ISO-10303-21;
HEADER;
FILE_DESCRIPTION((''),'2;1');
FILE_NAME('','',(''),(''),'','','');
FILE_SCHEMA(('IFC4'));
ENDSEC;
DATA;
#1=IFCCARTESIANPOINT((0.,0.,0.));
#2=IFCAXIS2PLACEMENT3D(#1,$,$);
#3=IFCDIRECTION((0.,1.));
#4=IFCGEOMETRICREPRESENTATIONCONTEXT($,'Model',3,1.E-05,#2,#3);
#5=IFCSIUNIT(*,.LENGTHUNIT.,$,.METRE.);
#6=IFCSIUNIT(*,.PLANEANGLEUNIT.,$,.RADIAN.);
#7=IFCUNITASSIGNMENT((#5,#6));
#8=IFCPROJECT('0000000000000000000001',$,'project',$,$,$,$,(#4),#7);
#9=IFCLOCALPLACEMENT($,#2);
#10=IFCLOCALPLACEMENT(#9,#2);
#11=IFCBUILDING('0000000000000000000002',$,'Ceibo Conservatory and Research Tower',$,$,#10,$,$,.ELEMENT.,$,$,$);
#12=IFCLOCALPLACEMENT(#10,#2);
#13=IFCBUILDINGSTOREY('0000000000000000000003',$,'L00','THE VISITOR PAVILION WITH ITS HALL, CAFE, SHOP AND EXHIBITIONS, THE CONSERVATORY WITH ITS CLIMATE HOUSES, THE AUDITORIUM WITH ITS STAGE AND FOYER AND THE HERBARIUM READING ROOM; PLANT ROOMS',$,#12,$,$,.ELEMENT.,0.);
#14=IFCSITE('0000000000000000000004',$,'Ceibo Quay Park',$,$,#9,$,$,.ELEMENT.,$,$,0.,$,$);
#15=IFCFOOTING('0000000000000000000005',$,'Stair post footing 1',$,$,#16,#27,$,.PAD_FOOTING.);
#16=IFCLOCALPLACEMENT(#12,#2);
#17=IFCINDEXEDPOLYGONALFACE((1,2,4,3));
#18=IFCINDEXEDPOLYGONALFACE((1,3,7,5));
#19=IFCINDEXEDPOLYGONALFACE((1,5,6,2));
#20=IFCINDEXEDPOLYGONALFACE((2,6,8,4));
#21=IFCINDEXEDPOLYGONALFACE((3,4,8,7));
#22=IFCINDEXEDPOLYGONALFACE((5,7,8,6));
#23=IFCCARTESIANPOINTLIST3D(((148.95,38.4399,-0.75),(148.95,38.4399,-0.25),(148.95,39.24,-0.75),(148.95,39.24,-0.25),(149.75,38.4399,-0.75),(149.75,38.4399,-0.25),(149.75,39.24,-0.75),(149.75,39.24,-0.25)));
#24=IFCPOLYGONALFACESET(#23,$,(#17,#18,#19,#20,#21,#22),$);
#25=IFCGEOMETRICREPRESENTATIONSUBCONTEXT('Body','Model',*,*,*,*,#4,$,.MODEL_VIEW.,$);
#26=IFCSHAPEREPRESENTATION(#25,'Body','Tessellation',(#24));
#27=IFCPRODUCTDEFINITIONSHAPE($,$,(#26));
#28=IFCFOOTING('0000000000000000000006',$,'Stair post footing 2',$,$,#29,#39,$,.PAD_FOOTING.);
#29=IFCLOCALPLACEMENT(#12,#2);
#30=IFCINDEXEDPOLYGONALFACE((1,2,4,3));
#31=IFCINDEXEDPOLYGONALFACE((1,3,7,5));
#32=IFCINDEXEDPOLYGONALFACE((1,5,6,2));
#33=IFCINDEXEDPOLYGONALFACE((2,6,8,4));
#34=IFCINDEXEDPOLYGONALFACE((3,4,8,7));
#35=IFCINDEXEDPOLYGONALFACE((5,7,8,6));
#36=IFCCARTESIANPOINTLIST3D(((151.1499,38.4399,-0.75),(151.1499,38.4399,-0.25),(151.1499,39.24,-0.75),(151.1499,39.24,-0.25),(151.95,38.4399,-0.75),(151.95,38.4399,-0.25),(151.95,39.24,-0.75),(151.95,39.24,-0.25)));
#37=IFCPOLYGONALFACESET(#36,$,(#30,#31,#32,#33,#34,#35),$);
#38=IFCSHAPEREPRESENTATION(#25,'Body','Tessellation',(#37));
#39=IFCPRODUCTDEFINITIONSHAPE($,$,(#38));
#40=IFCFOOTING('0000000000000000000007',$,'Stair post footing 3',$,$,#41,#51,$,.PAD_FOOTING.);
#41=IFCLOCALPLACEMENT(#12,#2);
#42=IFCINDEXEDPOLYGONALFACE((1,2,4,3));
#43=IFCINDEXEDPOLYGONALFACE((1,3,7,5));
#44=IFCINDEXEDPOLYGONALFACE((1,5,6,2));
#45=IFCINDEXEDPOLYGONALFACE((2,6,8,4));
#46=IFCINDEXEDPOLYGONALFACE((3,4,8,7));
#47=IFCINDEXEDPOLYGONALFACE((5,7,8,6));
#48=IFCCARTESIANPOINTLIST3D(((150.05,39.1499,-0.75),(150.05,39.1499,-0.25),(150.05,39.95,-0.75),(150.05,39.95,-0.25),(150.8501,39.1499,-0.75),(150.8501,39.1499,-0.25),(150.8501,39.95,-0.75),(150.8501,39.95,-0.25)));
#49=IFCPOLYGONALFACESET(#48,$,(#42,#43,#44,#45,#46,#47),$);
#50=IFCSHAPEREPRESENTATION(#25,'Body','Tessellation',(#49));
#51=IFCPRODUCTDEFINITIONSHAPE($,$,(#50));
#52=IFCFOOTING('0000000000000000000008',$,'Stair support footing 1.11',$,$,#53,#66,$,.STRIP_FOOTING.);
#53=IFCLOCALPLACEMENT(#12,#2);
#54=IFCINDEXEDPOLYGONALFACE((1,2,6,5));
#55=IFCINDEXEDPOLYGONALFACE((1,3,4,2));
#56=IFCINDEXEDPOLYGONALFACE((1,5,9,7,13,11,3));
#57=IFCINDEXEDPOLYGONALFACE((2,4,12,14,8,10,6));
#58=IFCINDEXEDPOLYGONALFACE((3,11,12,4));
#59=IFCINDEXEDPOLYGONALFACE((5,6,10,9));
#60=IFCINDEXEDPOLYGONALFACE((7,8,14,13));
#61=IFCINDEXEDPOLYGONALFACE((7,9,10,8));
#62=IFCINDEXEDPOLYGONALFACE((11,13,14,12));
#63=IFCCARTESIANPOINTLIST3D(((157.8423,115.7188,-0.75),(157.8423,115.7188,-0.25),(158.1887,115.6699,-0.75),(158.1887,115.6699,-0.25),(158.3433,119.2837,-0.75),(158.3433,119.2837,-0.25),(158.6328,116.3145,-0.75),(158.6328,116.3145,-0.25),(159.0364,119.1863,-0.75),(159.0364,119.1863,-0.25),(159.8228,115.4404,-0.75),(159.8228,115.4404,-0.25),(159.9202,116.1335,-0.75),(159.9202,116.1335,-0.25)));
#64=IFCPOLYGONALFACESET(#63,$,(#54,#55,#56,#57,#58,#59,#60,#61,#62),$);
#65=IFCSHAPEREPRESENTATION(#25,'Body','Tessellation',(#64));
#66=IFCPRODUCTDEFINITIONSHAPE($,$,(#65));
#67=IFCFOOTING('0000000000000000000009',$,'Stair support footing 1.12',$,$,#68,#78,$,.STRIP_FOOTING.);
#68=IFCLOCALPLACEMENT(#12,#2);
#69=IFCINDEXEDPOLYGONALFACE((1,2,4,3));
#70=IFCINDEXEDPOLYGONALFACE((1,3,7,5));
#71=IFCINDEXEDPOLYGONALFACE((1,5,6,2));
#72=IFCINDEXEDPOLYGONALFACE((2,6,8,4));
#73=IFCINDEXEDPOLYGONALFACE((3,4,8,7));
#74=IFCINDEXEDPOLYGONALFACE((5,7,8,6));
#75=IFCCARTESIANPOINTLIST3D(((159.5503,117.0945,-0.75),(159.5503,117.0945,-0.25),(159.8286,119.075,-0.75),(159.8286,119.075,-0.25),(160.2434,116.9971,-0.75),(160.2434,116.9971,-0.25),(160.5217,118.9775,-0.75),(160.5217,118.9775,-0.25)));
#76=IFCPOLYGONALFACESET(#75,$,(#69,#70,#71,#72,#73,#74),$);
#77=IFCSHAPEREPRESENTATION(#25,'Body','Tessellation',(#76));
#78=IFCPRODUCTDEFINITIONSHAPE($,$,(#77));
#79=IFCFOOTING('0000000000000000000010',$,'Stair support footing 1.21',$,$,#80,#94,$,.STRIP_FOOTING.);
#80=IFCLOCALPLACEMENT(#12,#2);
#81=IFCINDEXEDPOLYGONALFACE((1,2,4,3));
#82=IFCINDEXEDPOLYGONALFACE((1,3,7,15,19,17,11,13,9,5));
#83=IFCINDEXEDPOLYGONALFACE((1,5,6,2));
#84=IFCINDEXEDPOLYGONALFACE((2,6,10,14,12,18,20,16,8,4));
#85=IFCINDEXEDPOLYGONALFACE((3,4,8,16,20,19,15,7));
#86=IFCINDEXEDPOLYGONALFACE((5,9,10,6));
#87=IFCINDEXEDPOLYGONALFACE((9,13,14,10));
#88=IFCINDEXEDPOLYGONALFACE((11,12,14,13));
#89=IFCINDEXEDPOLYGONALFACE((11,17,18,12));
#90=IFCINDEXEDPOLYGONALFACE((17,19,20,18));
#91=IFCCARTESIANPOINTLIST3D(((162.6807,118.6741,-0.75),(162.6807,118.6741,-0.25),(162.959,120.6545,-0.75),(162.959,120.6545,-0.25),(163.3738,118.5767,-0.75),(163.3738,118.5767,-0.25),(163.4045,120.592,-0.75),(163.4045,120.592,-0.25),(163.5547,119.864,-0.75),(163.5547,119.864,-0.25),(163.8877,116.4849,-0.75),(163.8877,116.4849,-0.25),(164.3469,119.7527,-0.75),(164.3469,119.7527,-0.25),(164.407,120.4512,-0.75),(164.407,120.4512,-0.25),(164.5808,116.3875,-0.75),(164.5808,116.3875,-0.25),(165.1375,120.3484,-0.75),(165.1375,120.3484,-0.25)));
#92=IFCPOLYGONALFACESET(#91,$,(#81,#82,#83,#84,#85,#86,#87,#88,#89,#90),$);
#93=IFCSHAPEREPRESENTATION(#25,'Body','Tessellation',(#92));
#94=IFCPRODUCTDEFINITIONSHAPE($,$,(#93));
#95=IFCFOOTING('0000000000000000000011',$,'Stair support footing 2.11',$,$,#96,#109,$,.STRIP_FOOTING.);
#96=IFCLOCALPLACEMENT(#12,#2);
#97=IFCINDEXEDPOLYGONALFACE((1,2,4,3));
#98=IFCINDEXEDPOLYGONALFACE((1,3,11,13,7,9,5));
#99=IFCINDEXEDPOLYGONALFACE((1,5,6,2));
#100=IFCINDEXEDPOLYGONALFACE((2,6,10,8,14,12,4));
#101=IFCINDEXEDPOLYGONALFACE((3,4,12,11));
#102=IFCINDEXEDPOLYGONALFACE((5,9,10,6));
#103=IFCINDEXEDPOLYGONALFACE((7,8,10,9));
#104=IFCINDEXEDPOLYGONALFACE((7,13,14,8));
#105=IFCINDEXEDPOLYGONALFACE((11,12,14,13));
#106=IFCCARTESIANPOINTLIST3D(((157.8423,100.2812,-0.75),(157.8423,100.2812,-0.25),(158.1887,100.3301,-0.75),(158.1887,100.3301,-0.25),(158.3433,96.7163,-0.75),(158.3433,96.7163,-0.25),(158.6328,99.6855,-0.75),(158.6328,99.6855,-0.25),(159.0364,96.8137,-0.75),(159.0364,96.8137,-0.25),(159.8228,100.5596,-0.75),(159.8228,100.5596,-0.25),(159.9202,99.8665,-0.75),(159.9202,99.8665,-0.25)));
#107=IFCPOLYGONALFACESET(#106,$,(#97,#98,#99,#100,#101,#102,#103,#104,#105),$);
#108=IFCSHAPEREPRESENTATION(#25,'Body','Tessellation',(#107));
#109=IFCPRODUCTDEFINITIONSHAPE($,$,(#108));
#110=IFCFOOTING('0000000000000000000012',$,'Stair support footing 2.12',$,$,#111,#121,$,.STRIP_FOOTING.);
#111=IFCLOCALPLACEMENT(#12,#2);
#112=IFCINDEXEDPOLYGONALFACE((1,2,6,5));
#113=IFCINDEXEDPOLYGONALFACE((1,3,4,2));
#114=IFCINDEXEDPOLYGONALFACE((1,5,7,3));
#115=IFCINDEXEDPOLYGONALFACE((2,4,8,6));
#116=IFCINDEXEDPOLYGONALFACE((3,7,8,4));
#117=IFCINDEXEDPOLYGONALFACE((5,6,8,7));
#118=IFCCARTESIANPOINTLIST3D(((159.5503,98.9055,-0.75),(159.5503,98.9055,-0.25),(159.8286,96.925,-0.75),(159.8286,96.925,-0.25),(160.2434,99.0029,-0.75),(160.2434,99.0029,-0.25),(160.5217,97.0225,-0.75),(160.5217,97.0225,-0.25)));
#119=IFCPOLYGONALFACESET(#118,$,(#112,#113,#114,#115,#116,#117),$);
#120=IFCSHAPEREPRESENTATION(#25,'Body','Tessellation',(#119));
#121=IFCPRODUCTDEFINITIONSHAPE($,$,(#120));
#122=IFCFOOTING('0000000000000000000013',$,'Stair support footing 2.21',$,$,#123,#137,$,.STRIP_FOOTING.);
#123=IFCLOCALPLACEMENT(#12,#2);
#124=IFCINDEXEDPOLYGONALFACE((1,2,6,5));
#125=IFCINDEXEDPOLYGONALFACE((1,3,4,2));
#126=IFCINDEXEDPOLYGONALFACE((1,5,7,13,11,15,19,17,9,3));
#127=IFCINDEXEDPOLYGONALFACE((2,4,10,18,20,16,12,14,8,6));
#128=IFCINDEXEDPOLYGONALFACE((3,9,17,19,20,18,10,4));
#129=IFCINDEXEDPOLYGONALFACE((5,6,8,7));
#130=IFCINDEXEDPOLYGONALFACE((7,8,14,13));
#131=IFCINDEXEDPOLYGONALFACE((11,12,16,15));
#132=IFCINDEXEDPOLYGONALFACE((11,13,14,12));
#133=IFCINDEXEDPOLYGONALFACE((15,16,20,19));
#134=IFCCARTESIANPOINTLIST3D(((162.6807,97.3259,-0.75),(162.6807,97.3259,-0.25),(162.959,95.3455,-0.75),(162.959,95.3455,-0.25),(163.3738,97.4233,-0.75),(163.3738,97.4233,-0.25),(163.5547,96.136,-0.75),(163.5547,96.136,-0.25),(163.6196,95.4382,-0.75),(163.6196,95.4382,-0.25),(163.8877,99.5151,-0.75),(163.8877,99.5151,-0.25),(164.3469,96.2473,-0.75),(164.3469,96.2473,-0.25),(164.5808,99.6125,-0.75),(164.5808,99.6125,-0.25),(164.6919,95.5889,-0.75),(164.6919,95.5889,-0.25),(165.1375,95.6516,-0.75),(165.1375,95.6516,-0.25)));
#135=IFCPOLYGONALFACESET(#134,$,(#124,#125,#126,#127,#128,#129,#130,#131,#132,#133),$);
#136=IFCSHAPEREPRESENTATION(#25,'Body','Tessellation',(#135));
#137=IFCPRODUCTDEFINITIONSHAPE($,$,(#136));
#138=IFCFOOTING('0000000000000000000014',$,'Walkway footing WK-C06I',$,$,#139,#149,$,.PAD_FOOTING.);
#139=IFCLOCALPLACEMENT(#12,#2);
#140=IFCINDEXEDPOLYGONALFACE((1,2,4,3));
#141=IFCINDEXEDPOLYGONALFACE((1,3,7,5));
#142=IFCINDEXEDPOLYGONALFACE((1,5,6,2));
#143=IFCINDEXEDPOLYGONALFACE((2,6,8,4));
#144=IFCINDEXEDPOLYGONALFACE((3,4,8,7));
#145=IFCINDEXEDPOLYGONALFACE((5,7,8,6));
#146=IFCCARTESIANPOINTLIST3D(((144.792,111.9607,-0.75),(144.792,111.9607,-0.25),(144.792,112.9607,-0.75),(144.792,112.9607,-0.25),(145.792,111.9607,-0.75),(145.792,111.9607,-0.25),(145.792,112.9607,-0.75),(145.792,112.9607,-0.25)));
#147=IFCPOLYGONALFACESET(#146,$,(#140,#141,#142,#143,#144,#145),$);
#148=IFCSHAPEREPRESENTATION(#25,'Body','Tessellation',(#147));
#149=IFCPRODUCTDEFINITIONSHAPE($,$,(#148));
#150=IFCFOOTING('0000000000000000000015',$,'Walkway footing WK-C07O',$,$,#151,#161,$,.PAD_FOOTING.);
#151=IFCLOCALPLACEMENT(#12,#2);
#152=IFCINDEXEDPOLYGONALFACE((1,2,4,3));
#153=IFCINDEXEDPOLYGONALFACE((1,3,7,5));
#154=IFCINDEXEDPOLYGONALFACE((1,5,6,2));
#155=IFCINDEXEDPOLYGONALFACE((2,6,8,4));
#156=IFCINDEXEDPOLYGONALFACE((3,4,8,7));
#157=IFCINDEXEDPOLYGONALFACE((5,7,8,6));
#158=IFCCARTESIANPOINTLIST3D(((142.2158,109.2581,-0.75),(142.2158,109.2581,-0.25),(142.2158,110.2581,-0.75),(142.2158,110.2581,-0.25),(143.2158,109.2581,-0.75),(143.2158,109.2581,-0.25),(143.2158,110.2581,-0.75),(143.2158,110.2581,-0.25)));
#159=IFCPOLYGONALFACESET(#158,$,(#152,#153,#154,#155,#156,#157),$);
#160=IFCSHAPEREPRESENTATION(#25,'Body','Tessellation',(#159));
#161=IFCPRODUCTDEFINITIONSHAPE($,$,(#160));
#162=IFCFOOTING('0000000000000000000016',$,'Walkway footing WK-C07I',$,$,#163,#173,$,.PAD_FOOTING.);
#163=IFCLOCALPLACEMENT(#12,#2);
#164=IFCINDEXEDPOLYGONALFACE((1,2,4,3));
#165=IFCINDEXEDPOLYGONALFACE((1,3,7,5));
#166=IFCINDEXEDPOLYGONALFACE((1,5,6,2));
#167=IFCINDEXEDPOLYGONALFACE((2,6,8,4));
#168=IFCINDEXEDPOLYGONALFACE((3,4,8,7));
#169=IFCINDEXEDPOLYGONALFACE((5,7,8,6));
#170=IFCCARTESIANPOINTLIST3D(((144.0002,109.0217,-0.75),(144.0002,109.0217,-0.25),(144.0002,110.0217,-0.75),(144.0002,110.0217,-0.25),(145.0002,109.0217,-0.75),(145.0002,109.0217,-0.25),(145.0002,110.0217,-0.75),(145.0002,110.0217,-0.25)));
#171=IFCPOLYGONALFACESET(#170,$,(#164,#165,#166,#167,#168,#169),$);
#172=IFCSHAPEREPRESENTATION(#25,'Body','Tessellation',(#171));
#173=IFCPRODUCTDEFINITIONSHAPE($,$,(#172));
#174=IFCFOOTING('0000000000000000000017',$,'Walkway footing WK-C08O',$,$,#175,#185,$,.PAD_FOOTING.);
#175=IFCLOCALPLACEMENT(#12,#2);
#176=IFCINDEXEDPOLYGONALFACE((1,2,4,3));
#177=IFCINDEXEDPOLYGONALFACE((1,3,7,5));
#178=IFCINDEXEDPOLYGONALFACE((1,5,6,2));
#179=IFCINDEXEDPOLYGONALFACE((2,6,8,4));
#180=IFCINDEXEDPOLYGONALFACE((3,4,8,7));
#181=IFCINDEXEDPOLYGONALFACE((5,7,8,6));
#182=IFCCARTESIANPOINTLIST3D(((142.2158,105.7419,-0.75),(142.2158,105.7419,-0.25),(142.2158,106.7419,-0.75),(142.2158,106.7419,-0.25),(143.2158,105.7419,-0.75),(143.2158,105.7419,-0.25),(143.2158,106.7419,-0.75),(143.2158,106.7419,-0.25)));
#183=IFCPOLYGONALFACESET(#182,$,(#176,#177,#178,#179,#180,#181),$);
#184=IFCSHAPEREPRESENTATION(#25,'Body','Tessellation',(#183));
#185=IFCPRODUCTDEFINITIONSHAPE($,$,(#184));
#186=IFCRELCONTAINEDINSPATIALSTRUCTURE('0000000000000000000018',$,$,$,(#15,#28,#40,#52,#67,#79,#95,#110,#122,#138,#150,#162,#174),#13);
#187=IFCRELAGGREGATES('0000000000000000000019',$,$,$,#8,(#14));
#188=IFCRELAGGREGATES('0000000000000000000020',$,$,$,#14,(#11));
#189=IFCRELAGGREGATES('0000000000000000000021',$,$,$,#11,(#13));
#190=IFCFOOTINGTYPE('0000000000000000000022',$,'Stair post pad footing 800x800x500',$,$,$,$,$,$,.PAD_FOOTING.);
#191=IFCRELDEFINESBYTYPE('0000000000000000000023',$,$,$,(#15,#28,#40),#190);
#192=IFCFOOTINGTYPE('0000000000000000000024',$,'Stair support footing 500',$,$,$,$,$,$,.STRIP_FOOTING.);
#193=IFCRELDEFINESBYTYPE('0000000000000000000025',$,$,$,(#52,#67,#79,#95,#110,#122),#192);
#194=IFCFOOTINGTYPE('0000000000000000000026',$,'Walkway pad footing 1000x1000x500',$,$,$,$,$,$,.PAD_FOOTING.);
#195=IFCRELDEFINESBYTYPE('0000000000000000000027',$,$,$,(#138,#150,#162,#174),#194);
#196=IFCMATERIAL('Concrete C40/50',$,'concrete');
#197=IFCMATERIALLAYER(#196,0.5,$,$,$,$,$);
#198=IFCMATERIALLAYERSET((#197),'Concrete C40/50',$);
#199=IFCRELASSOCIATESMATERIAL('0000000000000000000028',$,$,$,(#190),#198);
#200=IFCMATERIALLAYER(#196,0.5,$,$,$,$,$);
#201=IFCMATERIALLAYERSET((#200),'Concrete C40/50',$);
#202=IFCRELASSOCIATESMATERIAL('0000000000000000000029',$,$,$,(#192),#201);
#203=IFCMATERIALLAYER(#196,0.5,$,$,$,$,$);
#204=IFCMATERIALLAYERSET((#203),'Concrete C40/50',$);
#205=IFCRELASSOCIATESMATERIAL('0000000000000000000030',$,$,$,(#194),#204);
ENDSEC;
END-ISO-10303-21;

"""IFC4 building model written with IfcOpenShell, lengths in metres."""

from ifc_helpers import new_model, si_unit, direction, frame, origin, place, context, subcontext, project, spatial, polyline, outline, extrude, material, layer, layer_set, type_object, element, save


model = new_model("IFC4")

# Units and contexts
model_context = context("Model", 3, precision=1e-05, world=origin(), true_north=direction((0.0, 1.0)))
body_context = subcontext(model_context, "Body", "Model", "MODEL_VIEW")
ifc_project = project(units=[si_unit("LENGTHUNIT", "METRE"), si_unit("PLANEANGLEUNIT", "RADIAN")], contexts=[model_context])

# Site, building, storey
site_placement = place(None, origin())
site = spatial("IfcSite", under=ifc_project, at=site_placement, Name="Ceibo Quay Park", CompositionType="ELEMENT", RefElevation=0.0)
building_placement = place(site_placement, origin())
building = spatial("IfcBuilding", under=site, at=building_placement, Name="Ceibo Conservatory and Research Tower", CompositionType="ELEMENT")
storey_placement = place(building_placement, origin())
storey = spatial("IfcBuildingStorey", under=building, at=storey_placement, Name="L00", Description="THE VISITOR PAVILION WITH ITS HALL, CAFE, SHOP AND EXHIBITIONS, THE CONSERVATORY WITH ITS CLIMATE HOUSES, THE AUDITORIUM WITH ITS STAGE AND FOYER AND THE HERBARIUM READING ROOM; PLANT ROOMS", CompositionType="ELEMENT", Elevation=0.0)

# Footings
ifc_material = material(Name="Concrete C40/50", Category="concrete")
ifc_layer_1 = layer(ifc_material, 0.5)
ifc_layer_set_1 = layer_set([ifc_layer_1], Name="Concrete C40/50")
footing_type_1 = type_object("IfcFootingType", Name="Stair post pad footing 800x800x500", PredefinedType="PAD_FOOTING", material=ifc_layer_set_1)
footing_1_placement = place(storey_placement, frame((0.0, 0.0, -0.75)))
element("IfcFooting", 1, at=footing_1_placement, inside=storey, type_object=footing_type_1, Name="Stair post footing 1", PredefinedType="PAD_FOOTING", context=body_context, shape_type="SweptSolid", body=[
    extrude(outline(polyline([(149.75, 38.4399), (149.75, 39.24), (148.95, 39.24), (148.95, 38.4399), (149.75, 38.4399)])), origin(), (0.0, 0.0, 1.0), 0.5),
])
footing_2_placement = place(storey_placement, frame((0.0, 0.0, -0.75)))
element("IfcFooting", 2, at=footing_2_placement, inside=storey, type_object=footing_type_1, Name="Stair post footing 2", PredefinedType="PAD_FOOTING", context=body_context, shape_type="SweptSolid", body=[
    extrude(outline(polyline([(151.95, 38.4399), (151.95, 39.24), (151.1499, 39.24), (151.1499, 38.4399), (151.95, 38.4399)])), origin(), (0.0, 0.0, 1.0), 0.5),
])
footing_3_placement = place(storey_placement, frame((0.0, 0.0, -0.75)))
element("IfcFooting", 3, at=footing_3_placement, inside=storey, type_object=footing_type_1, Name="Stair post footing 3", PredefinedType="PAD_FOOTING", context=body_context, shape_type="SweptSolid", body=[
    extrude(outline(polyline([(150.8501, 39.1499), (150.8501, 39.95), (150.05, 39.95), (150.05, 39.1499), (150.8501, 39.1499)])), origin(), (0.0, 0.0, 1.0), 0.5),
])
ifc_layer_2 = layer(ifc_material, 0.5)
ifc_layer_set_2 = layer_set([ifc_layer_2], Name="Concrete C40/50")
footing_type_2 = type_object("IfcFootingType", Name="Stair support footing 500", PredefinedType="STRIP_FOOTING", material=ifc_layer_set_2)
footing_4_placement = place(storey_placement, frame((0.0, 0.0, -0.75)))
element("IfcFooting", 4, at=footing_4_placement, inside=storey, type_object=footing_type_2, Name="Stair support footing 1.11", PredefinedType="STRIP_FOOTING", context=body_context, shape_type="SweptSolid", body=[
    extrude(outline(polyline([(158.1887, 115.6699), (159.8228, 115.4404), (159.9202, 116.1335), (158.6328, 116.3145), (159.0364, 119.1863), (158.3433, 119.2837), (157.8423, 115.7188), (158.1887, 115.6699)])), origin(), (0.0, 0.0, 1.0), 0.5),
])
footing_5_placement = place(storey_placement, frame((0.0, 0.0, -0.75)))
element("IfcFooting", 5, at=footing_5_placement, inside=storey, type_object=footing_type_2, Name="Stair support footing 1.12", PredefinedType="STRIP_FOOTING", context=body_context, shape_type="SweptSolid", body=[
    extrude(outline(polyline([(159.5503, 117.0945), (160.2434, 116.9971), (160.5217, 118.9775), (159.8286, 119.075), (159.5503, 117.0945)])), origin(), (0.0, 0.0, 1.0), 0.5),
])
footing_6_placement = place(storey_placement, frame((0.0, 0.0, -0.75)))
element("IfcFooting", 6, at=footing_6_placement, inside=storey, type_object=footing_type_2, Name="Stair support footing 1.21", PredefinedType="STRIP_FOOTING", context=body_context, shape_type="SweptSolid", body=[
    extrude(outline(polyline([(164.407, 120.4512), (163.4045, 120.592), (162.959, 120.6545), (162.6807, 118.6741), (163.3738, 118.5767), (163.5547, 119.864), (164.3469, 119.7527), (163.8877, 116.4849), (164.5808, 116.3875), (165.1375, 120.3484), (164.407, 120.4512)])), origin(), (0.0, 0.0, 1.0), 0.5),
])
footing_7_placement = place(storey_placement, frame((0.0, 0.0, -0.75)))
element("IfcFooting", 7, at=footing_7_placement, inside=storey, type_object=footing_type_2, Name="Stair support footing 2.11", PredefinedType="STRIP_FOOTING", context=body_context, shape_type="SweptSolid", body=[
    extrude(outline(polyline([(158.1887, 100.3301), (157.8423, 100.2812), (158.3433, 96.7163), (159.0364, 96.8137), (158.6328, 99.6855), (159.9202, 99.8665), (159.8228, 100.5596), (158.1887, 100.3301)])), origin(), (0.0, 0.0, 1.0), 0.5),
])
footing_8_placement = place(storey_placement, frame((0.0, 0.0, -0.75)))
element("IfcFooting", 8, at=footing_8_placement, inside=storey, type_object=footing_type_2, Name="Stair support footing 2.12", PredefinedType="STRIP_FOOTING", context=body_context, shape_type="SweptSolid", body=[
    extrude(outline(polyline([(159.5503, 98.9055), (159.8286, 96.925), (160.5217, 97.0225), (160.2434, 99.0029), (159.5503, 98.9055)])), origin(), (0.0, 0.0, 1.0), 0.5),
])
footing_9_placement = place(storey_placement, frame((0.0, 0.0, -0.75)))
element("IfcFooting", 9, at=footing_9_placement, inside=storey, type_object=footing_type_2, Name="Stair support footing 2.21", PredefinedType="STRIP_FOOTING", context=body_context, shape_type="SweptSolid", body=[
    extrude(outline(polyline([(163.6196, 95.4382), (164.6919, 95.5889), (165.1375, 95.6516), (164.5808, 99.6125), (163.8877, 99.5151), (164.3469, 96.2473), (163.5547, 96.136), (163.3738, 97.4233), (162.6807, 97.3259), (162.959, 95.3455), (163.6196, 95.4382), (163.6196, 95.4382)])), origin(), (0.0, 0.0, 1.0), 0.5),
])
ifc_layer_3 = layer(ifc_material, 0.5)
ifc_layer_set_3 = layer_set([ifc_layer_3], Name="Concrete C40/50")
footing_type_3 = type_object("IfcFootingType", Name="Walkway pad footing 1000x1000x500", PredefinedType="PAD_FOOTING", material=ifc_layer_set_3)
footing_10_placement = place(storey_placement, frame((0.0, 0.0, -0.75)))
element("IfcFooting", 10, at=footing_10_placement, inside=storey, type_object=footing_type_3, Name="Walkway footing WK-C06I", PredefinedType="PAD_FOOTING", context=body_context, shape_type="SweptSolid", body=[
    extrude(outline(polyline([(144.792, 111.9607), (145.792, 111.9607), (145.792, 112.9607), (144.792, 112.9607), (144.792, 111.9607)])), origin(), (0.0, 0.0, 1.0), 0.5),
])
footing_11_placement = place(storey_placement, frame((0.0, 0.0, -0.75)))
element("IfcFooting", 11, at=footing_11_placement, inside=storey, type_object=footing_type_3, Name="Walkway footing WK-C07O", PredefinedType="PAD_FOOTING", context=body_context, shape_type="SweptSolid", body=[
    extrude(outline(polyline([(142.2158, 109.2581), (143.2158, 109.2581), (143.2158, 110.2581), (142.2158, 110.2581), (142.2158, 109.2581)])), origin(), (0.0, 0.0, 1.0), 0.5),
])
footing_12_placement = place(storey_placement, frame((0.0, 0.0, -0.75)))
element("IfcFooting", 12, at=footing_12_placement, inside=storey, type_object=footing_type_3, Name="Walkway footing WK-C07I", PredefinedType="PAD_FOOTING", context=body_context, shape_type="SweptSolid", body=[
    extrude(outline(polyline([(144.0002, 109.0217), (145.0002, 109.0217), (145.0002, 110.0217), (144.0002, 110.0217), (144.0002, 109.0217)])), origin(), (0.0, 0.0, 1.0), 0.5),
])
footing_13_placement = place(storey_placement, frame((0.0, 0.0, -0.75)))
element("IfcFooting", 13, at=footing_13_placement, inside=storey, type_object=footing_type_3, Name="Walkway footing WK-C08O", PredefinedType="PAD_FOOTING", context=body_context, shape_type="SweptSolid", body=[
    extrude(outline(polyline([(142.2158, 105.7419), (143.2158, 105.7419), (143.2158, 106.7419), (142.2158, 106.7419), (142.2158, 105.7419)])), origin(), (0.0, 0.0, 1.0), 0.5),
])

save(model, "model.ifc")
